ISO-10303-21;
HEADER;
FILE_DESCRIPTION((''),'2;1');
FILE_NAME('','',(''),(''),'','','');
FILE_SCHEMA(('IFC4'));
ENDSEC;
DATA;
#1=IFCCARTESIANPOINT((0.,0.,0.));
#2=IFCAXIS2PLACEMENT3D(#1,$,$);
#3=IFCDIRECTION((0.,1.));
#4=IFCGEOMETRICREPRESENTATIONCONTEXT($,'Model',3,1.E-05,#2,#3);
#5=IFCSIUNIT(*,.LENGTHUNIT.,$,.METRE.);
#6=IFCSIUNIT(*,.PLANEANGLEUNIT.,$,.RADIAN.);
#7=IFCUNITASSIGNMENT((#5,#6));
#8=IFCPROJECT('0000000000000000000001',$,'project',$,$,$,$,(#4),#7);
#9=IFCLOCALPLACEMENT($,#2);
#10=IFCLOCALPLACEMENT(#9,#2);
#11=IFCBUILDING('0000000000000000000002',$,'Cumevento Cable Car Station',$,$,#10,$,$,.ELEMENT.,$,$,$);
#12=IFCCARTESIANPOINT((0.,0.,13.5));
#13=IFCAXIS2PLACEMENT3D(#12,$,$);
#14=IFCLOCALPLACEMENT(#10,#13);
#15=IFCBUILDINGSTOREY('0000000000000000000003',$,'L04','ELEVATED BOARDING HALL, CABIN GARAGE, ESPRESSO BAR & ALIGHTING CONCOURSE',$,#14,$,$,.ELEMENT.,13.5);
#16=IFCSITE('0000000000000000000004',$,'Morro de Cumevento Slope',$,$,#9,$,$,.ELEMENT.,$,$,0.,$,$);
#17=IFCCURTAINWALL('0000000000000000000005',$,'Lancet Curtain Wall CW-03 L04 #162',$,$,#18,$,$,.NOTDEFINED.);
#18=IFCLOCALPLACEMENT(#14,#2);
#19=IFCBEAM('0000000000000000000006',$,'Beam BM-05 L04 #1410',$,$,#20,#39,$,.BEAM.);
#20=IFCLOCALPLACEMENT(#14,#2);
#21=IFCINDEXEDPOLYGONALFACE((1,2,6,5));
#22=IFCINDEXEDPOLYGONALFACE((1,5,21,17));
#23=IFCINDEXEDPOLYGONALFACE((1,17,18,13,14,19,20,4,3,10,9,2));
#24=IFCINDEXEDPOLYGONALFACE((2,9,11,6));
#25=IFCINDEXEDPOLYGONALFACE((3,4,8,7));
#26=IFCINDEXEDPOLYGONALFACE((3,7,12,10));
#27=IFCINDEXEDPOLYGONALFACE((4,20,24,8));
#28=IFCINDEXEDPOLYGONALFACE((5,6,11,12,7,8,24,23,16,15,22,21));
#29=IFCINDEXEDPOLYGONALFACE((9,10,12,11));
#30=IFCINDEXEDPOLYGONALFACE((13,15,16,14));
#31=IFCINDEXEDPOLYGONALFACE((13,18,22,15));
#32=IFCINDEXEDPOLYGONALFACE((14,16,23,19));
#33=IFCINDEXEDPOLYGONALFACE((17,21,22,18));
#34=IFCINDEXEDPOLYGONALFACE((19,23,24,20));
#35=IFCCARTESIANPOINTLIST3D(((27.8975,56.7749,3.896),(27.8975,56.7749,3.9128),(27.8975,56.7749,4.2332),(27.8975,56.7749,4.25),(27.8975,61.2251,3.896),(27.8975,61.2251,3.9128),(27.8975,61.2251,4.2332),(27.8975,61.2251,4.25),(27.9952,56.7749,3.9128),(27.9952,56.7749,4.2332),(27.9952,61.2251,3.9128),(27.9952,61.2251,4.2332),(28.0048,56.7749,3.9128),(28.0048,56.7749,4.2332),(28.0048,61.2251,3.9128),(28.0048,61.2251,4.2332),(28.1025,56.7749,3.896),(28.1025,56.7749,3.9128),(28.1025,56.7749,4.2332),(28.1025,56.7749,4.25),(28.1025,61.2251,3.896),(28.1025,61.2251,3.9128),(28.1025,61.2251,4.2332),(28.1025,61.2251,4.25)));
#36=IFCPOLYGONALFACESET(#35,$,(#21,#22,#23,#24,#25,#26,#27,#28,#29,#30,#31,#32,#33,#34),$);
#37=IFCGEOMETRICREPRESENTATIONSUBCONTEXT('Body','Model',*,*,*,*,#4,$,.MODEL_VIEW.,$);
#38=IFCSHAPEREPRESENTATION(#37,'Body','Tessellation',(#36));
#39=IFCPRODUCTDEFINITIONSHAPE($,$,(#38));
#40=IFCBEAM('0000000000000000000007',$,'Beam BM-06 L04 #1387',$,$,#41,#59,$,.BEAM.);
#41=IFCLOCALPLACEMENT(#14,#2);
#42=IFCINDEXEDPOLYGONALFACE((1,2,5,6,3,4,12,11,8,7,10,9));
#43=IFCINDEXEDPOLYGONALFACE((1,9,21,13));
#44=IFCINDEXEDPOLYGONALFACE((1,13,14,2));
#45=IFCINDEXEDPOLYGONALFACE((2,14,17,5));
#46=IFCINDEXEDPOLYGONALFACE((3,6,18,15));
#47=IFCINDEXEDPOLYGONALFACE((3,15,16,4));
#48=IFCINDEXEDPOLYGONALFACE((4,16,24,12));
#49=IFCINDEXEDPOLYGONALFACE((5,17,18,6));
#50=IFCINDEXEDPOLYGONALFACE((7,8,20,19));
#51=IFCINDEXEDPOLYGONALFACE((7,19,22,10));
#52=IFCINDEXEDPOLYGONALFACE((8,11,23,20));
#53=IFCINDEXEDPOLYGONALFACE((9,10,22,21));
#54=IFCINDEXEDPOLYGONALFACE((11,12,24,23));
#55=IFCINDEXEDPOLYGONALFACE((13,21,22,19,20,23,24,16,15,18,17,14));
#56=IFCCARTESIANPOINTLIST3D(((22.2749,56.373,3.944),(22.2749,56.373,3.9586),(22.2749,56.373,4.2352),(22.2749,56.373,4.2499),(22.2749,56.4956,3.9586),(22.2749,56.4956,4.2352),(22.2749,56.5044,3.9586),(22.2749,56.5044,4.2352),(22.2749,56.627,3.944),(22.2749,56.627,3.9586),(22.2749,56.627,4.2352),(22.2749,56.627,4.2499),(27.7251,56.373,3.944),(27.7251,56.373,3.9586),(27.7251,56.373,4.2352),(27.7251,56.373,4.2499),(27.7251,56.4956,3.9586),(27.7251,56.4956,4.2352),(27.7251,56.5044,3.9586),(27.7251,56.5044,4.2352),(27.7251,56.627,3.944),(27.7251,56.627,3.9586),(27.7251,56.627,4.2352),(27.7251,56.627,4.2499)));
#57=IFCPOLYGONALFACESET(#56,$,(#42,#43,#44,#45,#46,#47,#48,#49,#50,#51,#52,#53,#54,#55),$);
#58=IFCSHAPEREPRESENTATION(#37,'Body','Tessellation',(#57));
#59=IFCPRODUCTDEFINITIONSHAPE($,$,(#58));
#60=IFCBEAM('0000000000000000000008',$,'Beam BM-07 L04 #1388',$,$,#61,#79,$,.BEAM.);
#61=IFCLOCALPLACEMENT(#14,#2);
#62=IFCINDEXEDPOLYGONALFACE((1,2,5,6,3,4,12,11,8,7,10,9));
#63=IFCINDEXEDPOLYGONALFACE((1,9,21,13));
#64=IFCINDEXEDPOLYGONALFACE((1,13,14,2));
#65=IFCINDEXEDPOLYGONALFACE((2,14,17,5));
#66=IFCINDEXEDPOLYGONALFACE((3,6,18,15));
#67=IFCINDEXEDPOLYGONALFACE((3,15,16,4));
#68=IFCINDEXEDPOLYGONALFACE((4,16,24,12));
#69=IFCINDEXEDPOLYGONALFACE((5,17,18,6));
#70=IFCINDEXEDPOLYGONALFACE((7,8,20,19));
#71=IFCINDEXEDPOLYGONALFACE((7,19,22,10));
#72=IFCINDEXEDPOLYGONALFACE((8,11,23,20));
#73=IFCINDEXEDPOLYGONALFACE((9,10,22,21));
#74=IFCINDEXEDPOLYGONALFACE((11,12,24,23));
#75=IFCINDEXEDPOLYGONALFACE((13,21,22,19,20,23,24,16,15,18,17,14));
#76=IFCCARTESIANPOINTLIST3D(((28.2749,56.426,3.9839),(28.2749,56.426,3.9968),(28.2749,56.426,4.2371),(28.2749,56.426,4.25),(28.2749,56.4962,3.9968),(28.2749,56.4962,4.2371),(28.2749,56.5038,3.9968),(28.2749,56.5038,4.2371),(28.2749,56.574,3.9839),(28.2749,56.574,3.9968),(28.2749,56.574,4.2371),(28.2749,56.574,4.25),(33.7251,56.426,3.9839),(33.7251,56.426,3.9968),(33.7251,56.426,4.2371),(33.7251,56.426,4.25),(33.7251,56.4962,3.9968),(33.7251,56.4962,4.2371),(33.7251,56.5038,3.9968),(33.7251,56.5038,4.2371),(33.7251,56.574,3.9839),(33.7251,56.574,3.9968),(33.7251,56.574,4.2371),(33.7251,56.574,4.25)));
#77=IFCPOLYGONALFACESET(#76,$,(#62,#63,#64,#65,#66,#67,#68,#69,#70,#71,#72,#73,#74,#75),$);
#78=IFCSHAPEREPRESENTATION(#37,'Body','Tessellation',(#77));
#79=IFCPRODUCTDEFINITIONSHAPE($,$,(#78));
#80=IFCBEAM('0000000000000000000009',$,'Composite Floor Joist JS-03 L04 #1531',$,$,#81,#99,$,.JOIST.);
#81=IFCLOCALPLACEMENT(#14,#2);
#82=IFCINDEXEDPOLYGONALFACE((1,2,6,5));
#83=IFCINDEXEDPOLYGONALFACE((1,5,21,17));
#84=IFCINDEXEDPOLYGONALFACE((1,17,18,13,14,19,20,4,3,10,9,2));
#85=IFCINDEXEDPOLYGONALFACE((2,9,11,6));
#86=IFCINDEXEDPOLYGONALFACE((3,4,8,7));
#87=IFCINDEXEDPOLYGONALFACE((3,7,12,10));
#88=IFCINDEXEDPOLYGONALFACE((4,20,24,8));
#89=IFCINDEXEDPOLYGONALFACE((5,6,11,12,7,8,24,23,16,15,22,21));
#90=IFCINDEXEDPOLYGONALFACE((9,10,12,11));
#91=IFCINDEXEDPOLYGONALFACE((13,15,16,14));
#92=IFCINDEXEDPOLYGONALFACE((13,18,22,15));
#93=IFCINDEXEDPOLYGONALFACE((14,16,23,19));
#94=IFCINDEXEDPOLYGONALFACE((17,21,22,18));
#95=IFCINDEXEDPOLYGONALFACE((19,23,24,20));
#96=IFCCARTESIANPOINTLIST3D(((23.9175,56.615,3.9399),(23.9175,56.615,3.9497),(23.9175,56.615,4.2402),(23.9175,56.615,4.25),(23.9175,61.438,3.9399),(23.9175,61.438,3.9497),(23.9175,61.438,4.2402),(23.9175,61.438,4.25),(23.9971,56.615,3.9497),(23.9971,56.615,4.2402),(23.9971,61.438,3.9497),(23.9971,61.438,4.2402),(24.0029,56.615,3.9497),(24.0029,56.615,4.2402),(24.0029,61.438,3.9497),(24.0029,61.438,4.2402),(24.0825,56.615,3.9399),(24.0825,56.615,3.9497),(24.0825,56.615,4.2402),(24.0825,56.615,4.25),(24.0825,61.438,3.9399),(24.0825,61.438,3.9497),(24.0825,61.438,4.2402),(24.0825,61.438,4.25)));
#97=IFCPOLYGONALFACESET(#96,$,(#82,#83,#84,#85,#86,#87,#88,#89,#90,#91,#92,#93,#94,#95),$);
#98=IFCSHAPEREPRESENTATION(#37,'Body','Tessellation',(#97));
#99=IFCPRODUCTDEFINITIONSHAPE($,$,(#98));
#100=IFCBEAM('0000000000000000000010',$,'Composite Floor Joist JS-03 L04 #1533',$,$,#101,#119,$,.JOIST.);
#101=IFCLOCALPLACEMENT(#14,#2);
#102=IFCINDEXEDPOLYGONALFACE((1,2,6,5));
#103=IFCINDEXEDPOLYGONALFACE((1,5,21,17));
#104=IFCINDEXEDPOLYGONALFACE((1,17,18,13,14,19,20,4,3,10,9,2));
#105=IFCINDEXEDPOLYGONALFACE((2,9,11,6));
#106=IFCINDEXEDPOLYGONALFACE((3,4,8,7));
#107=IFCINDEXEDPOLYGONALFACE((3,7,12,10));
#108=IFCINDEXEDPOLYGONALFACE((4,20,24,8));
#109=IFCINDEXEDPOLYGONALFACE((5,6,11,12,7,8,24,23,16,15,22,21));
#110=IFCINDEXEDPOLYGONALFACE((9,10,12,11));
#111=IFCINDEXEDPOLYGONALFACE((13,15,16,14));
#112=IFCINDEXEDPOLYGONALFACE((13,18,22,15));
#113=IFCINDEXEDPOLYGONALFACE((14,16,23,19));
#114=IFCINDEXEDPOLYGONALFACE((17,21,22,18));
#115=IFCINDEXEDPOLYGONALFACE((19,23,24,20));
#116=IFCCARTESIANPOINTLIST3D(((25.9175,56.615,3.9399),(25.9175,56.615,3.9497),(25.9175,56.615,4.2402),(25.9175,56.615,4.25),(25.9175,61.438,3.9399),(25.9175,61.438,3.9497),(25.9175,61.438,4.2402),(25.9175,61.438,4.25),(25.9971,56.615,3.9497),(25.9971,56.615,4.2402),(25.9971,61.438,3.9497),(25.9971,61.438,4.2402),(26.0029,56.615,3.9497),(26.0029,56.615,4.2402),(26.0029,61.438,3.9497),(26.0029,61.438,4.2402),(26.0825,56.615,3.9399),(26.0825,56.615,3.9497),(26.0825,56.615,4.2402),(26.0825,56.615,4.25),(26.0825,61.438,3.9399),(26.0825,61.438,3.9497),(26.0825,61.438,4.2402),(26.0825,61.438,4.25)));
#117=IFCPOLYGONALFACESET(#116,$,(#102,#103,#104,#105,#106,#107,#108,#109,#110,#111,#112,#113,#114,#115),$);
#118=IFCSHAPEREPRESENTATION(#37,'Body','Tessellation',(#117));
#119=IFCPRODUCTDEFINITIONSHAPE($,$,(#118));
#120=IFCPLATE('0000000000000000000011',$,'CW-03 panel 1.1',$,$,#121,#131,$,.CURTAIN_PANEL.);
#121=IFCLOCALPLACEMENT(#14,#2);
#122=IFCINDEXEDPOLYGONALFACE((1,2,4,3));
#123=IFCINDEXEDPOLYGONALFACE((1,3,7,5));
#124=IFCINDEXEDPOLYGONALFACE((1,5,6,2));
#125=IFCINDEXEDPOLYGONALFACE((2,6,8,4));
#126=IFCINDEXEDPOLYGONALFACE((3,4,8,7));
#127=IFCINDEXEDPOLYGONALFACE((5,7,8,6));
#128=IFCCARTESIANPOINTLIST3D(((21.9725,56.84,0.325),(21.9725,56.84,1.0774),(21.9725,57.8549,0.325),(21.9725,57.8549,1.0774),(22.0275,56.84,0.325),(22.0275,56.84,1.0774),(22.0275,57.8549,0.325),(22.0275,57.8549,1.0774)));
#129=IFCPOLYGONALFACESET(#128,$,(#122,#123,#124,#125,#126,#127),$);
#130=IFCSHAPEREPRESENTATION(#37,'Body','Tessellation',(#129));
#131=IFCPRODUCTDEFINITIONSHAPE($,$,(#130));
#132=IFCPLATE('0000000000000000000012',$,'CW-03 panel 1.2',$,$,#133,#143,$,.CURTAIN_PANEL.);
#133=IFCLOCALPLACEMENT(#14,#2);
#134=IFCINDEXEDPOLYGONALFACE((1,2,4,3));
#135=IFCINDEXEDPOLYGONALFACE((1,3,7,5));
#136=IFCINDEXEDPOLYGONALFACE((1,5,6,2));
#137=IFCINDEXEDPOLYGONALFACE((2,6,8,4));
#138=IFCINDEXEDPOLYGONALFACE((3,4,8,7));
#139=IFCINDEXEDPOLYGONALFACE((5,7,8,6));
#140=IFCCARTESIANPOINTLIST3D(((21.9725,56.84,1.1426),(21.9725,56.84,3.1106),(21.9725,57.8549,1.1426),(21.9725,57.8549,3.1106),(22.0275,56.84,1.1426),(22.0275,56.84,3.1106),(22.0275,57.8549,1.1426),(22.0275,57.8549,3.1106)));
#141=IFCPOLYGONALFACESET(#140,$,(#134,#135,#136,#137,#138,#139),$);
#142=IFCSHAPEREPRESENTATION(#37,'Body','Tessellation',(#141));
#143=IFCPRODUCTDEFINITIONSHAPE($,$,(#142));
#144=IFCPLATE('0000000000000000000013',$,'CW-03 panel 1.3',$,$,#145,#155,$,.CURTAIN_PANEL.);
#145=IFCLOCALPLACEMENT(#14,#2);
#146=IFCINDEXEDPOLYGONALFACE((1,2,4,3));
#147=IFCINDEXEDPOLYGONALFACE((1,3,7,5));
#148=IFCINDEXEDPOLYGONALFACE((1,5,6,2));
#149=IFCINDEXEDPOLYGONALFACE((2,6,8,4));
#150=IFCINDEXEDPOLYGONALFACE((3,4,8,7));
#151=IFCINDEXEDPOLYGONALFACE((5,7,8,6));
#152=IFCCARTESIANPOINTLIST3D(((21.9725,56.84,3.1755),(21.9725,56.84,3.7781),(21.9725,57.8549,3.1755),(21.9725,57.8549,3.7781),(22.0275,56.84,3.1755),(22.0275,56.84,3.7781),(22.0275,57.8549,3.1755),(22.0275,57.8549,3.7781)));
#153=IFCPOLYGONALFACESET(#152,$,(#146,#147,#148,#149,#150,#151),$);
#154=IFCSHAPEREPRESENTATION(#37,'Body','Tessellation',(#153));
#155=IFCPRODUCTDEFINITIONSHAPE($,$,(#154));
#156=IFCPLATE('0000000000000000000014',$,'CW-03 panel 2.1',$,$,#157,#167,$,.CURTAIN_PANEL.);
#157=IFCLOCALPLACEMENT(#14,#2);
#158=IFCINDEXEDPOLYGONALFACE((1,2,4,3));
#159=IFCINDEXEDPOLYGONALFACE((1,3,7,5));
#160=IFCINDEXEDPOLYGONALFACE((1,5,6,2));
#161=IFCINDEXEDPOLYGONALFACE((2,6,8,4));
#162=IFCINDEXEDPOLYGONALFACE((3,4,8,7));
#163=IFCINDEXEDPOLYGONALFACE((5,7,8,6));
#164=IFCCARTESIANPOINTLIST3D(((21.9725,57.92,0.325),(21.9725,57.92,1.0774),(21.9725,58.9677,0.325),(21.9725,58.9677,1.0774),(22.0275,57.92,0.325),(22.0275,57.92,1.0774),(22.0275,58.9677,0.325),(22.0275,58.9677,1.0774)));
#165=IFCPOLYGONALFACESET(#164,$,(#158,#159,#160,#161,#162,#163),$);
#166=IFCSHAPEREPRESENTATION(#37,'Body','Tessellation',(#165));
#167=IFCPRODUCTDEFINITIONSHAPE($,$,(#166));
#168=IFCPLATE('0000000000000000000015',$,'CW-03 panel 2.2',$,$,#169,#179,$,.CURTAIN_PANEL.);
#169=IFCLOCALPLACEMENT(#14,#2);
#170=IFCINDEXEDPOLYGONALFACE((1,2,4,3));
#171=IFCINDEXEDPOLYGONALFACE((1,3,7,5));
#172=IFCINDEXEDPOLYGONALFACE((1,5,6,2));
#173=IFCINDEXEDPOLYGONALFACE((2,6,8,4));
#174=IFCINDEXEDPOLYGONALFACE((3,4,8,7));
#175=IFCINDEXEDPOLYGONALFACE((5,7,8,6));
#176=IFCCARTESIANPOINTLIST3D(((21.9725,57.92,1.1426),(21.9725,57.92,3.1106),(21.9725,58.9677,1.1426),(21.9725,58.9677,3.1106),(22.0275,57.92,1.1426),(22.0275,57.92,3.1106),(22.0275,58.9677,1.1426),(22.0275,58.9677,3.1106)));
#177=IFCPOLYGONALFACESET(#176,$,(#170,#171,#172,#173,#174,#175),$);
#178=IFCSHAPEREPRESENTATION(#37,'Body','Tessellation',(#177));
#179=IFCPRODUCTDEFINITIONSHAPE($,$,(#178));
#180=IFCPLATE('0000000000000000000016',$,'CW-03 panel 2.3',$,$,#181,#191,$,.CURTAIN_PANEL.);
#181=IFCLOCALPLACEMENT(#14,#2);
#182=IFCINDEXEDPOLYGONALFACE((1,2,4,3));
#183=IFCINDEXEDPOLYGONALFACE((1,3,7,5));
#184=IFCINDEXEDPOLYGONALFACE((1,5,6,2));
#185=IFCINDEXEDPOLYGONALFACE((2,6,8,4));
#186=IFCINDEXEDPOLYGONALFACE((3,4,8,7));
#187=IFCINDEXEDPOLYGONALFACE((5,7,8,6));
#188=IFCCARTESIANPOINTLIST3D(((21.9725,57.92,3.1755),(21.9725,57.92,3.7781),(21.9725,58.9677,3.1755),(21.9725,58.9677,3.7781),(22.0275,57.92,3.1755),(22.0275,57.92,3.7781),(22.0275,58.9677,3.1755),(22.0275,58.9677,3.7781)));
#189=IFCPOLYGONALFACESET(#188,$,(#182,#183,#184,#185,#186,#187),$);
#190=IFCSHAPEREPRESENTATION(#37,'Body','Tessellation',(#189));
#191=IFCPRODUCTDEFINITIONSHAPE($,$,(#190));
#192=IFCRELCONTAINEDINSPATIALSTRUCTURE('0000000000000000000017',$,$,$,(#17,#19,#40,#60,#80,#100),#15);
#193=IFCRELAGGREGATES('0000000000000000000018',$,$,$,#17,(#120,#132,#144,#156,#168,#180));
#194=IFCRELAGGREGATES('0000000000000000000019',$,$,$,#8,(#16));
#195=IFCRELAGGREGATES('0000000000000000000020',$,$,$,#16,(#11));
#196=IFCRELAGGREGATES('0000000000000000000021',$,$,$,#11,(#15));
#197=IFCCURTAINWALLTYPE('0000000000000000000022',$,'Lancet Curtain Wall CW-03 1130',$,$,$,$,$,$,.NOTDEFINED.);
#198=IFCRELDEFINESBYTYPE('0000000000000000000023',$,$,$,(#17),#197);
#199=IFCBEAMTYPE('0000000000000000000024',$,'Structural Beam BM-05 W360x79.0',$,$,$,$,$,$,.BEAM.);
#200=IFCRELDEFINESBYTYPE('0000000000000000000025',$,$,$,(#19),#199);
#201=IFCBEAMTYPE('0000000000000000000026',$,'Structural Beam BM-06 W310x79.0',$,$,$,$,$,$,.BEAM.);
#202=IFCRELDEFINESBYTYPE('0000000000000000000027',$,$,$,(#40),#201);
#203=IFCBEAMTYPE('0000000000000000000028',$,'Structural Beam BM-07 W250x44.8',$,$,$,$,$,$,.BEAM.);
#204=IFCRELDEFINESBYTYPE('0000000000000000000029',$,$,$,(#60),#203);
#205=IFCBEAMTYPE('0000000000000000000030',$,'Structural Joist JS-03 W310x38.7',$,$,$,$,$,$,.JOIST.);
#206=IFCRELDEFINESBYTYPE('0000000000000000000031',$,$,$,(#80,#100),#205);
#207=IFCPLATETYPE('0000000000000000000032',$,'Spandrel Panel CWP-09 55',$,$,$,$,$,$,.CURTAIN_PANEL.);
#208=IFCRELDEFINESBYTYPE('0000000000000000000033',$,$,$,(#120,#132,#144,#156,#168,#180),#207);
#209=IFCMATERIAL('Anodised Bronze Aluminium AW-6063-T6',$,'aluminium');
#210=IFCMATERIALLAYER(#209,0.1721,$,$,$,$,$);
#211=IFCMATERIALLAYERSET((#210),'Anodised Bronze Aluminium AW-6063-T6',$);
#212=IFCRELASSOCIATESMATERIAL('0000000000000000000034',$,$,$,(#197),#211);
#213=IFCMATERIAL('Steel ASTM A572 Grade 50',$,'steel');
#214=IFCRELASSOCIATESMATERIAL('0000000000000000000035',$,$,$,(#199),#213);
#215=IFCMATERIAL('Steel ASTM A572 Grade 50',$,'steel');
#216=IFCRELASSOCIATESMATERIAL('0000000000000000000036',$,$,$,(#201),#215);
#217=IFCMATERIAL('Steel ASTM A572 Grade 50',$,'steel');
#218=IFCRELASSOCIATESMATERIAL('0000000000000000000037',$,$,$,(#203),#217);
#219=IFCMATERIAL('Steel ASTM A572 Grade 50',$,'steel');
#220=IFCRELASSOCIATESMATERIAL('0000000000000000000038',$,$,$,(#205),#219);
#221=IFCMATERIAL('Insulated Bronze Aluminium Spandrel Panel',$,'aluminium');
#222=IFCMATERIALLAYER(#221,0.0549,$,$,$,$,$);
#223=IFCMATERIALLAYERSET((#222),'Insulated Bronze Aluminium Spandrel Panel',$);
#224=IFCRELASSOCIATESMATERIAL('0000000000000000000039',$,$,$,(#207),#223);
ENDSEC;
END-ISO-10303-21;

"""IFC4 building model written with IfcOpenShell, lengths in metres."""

from ifc_helpers import new_model, si_unit, direction, frame, origin, origin_2d, place, context, subcontext, project, spatial, rectangle, i_section, extrude, material, layer, layer_set, material_profile, profile_set, type_object, element, aggregate, save


model = new_model("IFC4")

# Units and contexts
model_context = context("Model", 3, precision=1e-05, world=origin(), true_north=direction((0.0, 1.0)))
body_context = subcontext(model_context, "Body", "Model", "MODEL_VIEW")
ifc_project = project(units=[si_unit("LENGTHUNIT", "METRE"), si_unit("PLANEANGLEUNIT", "RADIAN")], contexts=[model_context])

# Site, building, storey
site_placement = place(None, origin())
site = spatial("IfcSite", under=ifc_project, at=site_placement, Name="Morro de Cumevento Slope", CompositionType="ELEMENT", RefElevation=0.0)
building_placement = place(site_placement, origin())
building = spatial("IfcBuilding", under=site, at=building_placement, Name="Cumevento Cable Car Station", CompositionType="ELEMENT")
storey_placement = place(building_placement, frame((0.0, 0.0, 13.5)))
storey = spatial("IfcBuildingStorey", under=building, at=storey_placement, Name="L04", Description="ELEVATED BOARDING HALL, CABIN GARAGE, ESPRESSO BAR & ALIGHTING CONCOURSE", CompositionType="ELEMENT", Elevation=13.5)

# Curtain wall
ifc_material_1 = material(Name="Anodised Bronze Aluminium AW-6063-T6", Category="aluminium")
ifc_layer_1 = layer(ifc_material_1, 0.1721)
ifc_layer_set_1 = layer_set([ifc_layer_1], Name="Anodised Bronze Aluminium AW-6063-T6")
curtain_wall_type = type_object("IfcCurtainWallType", Name="Lancet Curtain Wall CW-03 1130", PredefinedType="NOTDEFINED", material=ifc_layer_set_1)
curtain_wall_placement = place(storey_placement, origin())
curtain_wall = element("IfcCurtainWall", 1, at=curtain_wall_placement, inside=storey, type_object=curtain_wall_type, Name="Lancet Curtain Wall CW-03 L04 #162", PredefinedType="NOTDEFINED")

# Beams
ifc_material_2 = material(Name="Steel ASTM A572 Grade 50", Category="steel")
ifc_material_profile_1 = material_profile(ifc_material_2, i_section(OverallWidth=0.2051, OverallDepth=0.354, WebThickness=0.0095, FlangeThickness=0.0168, at=origin_2d()), Name="W360x79.0")
ifc_profile_set_1 = profile_set([ifc_material_profile_1], Name="Steel ASTM A572 Grade 50")
beam_type_1 = type_object("IfcBeamType", Name="Structural Beam BM-05 W360x79.0", PredefinedType="BEAM", material=ifc_profile_set_1)
beam_1_placement = place(storey_placement, frame((28.0, 56.7749, 4.073), z_axis=(0.0, 1.0, 0.0), x_axis=(-1.0, 0.0, 0.0)))
element("IfcBeam", 2, at=beam_1_placement, inside=storey, type_object=beam_type_1, Name="Beam BM-05 L04 #1410", PredefinedType="BEAM", context=body_context, shape_type="SweptSolid", body=[
    extrude(i_section(OverallWidth=0.2051, OverallDepth=0.354, WebThickness=0.0095, FlangeThickness=0.0168, at=origin_2d()), origin(), (0.0, 0.0, 1.0), 4.4502),
])
ifc_material_3 = material(Name="Steel ASTM A572 Grade 50", Category="steel")
ifc_material_profile_2 = material_profile(ifc_material_3, i_section(OverallWidth=0.2539, OverallDepth=0.3059, WebThickness=0.0088, FlangeThickness=0.0146, at=origin_2d()), Name="W310x79.0")
ifc_profile_set_2 = profile_set([ifc_material_profile_2], Name="Steel ASTM A572 Grade 50")
beam_type_2 = type_object("IfcBeamType", Name="Structural Beam BM-06 W310x79.0", PredefinedType="BEAM", material=ifc_profile_set_2)
beam_2_placement = place(storey_placement, frame((22.2749, 56.5, 4.0969), z_axis=(1.0, 0.0, 0.0), x_axis=(0.0, 1.0, 0.0)))
element("IfcBeam", 3, at=beam_2_placement, inside=storey, type_object=beam_type_2, Name="Beam BM-06 L04 #1387", PredefinedType="BEAM", context=body_context, shape_type="SweptSolid", body=[
    extrude(i_section(OverallWidth=0.2539, OverallDepth=0.3059, WebThickness=0.0088, FlangeThickness=0.0146, at=origin_2d()), origin(), (0.0, 0.0, 1.0), 5.4502),
])
ifc_material_4 = material(Name="Steel ASTM A572 Grade 50", Category="steel")
ifc_material_profile_3 = material_profile(ifc_material_4, i_section(OverallWidth=0.1479, OverallDepth=0.2661, WebThickness=0.0076, FlangeThickness=0.0129, at=origin_2d()), Name="W250x44.8")
ifc_profile_set_3 = profile_set([ifc_material_profile_3], Name="Steel ASTM A572 Grade 50")
beam_type_3 = type_object("IfcBeamType", Name="Structural Beam BM-07 W250x44.8", PredefinedType="BEAM", material=ifc_profile_set_3)
beam_3_placement = place(storey_placement, frame((28.2749, 56.5, 4.1169), z_axis=(1.0, 0.0, 0.0), x_axis=(0.0, 1.0, 0.0)))
element("IfcBeam", 4, at=beam_3_placement, inside=storey, type_object=beam_type_3, Name="Beam BM-07 L04 #1388", PredefinedType="BEAM", context=body_context, shape_type="SweptSolid", body=[
    extrude(i_section(OverallWidth=0.1479, OverallDepth=0.2661, WebThickness=0.0076, FlangeThickness=0.0129, at=origin_2d()), origin(), (0.0, 0.0, 1.0), 5.4502),
])
ifc_material_5 = material(Name="Steel ASTM A572 Grade 50", Category="steel")
ifc_material_profile_4 = material_profile(ifc_material_5, i_section(OverallWidth=0.165, OverallDepth=0.3101, WebThickness=0.0059, FlangeThickness=0.0098, at=origin_2d()), Name="W310x38.7")
ifc_profile_set_4 = profile_set([ifc_material_profile_4], Name="Steel ASTM A572 Grade 50")
beam_type_4 = type_object("IfcBeamType", Name="Structural Joist JS-03 W310x38.7", PredefinedType="JOIST", material=ifc_profile_set_4)
for number, where, z_axis, x_axis, name in (
    (5, (24.0, 56.615, 4.095), (0.0, 1.0, 0.0), (-1.0, 0.0, 0.0), "Composite Floor Joist JS-03 L04 #1531"),
    (6, (26.0, 56.615, 4.095), (0.0, 1.0, 0.0), (-1.0, 0.0, 0.0), "Composite Floor Joist JS-03 L04 #1533"),
):
    element("IfcBeam", number, at=place(storey_placement, frame(where, z_axis=z_axis, x_axis=x_axis)), inside=storey, type_object=beam_type_4, Name=name, PredefinedType="JOIST", context=body_context, shape_type="SweptSolid", body=[
        extrude(i_section(OverallWidth=0.165, OverallDepth=0.3101, WebThickness=0.0059, FlangeThickness=0.0098, at=origin_2d()), origin(), (0.0, 0.0, 1.0), 4.823),
    ])

# Plates
ifc_material_6 = material(Name="Insulated Bronze Aluminium Spandrel Panel", Category="aluminium")
ifc_layer_2 = layer(ifc_material_6, 0.0549)
ifc_layer_set_2 = layer_set([ifc_layer_2], Name="Insulated Bronze Aluminium Spandrel Panel")
plate_type = type_object("IfcPlateType", Name="Spandrel Panel CWP-09 55", PredefinedType="CURTAIN_PANEL", material=ifc_layer_set_2)
plate_1_placement = place(storey_placement, frame((22.0, 57.3474, 0.325), z_axis=(0.0, 0.0, 1.0), x_axis=(0.0, 1.0, 0.0)))
plate_1 = element("IfcPlate", 7, at=plate_1_placement, type_object=plate_type, Name="CW-03 panel 1.1", PredefinedType="CURTAIN_PANEL", context=body_context, shape_type="SweptSolid", body=[
    extrude(rectangle(XDim=1.0149, YDim=0.0549, at=origin_2d()), origin(), (0.0, 0.0, 1.0), 0.7524),
])
plate_2_placement = place(storey_placement, frame((22.0, 57.3474, 1.1426), z_axis=(0.0, 0.0, 1.0), x_axis=(0.0, 1.0, 0.0)))
plate_2 = element("IfcPlate", 8, at=plate_2_placement, type_object=plate_type, Name="CW-03 panel 1.2", PredefinedType="CURTAIN_PANEL", context=body_context, shape_type="SweptSolid", body=[
    extrude(rectangle(XDim=1.0149, YDim=0.0549, at=origin_2d()), origin(), (0.0, 0.0, 1.0), 1.968),
])
plate_3_placement = place(storey_placement, frame((22.0, 57.3474, 3.1755), z_axis=(0.0, 0.0, 1.0), x_axis=(0.0, 1.0, 0.0)))
plate_3 = element("IfcPlate", 9, at=plate_3_placement, type_object=plate_type, Name="CW-03 panel 1.3", PredefinedType="CURTAIN_PANEL", context=body_context, shape_type="SweptSolid", body=[
    extrude(rectangle(XDim=1.0149, YDim=0.0549, at=origin_2d()), origin(), (0.0, 0.0, 1.0), 0.6025),
])
plate_4_placement = place(storey_placement, frame((22.0, 58.4438, 0.325), z_axis=(0.0, 0.0, 1.0), x_axis=(0.0, 1.0, 0.0)))
plate_4 = element("IfcPlate", 10, at=plate_4_placement, type_object=plate_type, Name="CW-03 panel 2.1", PredefinedType="CURTAIN_PANEL", context=body_context, shape_type="SweptSolid", body=[
    extrude(rectangle(XDim=1.0476, YDim=0.0549, at=origin_2d()), origin(), (0.0, 0.0, 1.0), 0.7524),
])
plate_5_placement = place(storey_placement, frame((22.0, 58.4438, 1.1426), z_axis=(0.0, 0.0, 1.0), x_axis=(0.0, 1.0, 0.0)))
plate_5 = element("IfcPlate", 11, at=plate_5_placement, type_object=plate_type, Name="CW-03 panel 2.2", PredefinedType="CURTAIN_PANEL", context=body_context, shape_type="SweptSolid", body=[
    extrude(rectangle(XDim=1.0476, YDim=0.0549, at=origin_2d()), origin(), (0.0, 0.0, 1.0), 1.968),
])
plate_6_placement = place(storey_placement, frame((22.0, 58.4438, 3.1755), z_axis=(0.0, 0.0, 1.0), x_axis=(0.0, 1.0, 0.0)))
plate_6 = element("IfcPlate", 12, at=plate_6_placement, type_object=plate_type, Name="CW-03 panel 2.3", PredefinedType="CURTAIN_PANEL", context=body_context, shape_type="SweptSolid", body=[
    extrude(rectangle(XDim=1.0476, YDim=0.0549, at=origin_2d()), origin(), (0.0, 0.0, 1.0), 0.6025),
])
aggregate(curtain_wall, [plate_1, plate_2, plate_3, plate_4, plate_5, plate_6])

save(model, "model.ifc")
